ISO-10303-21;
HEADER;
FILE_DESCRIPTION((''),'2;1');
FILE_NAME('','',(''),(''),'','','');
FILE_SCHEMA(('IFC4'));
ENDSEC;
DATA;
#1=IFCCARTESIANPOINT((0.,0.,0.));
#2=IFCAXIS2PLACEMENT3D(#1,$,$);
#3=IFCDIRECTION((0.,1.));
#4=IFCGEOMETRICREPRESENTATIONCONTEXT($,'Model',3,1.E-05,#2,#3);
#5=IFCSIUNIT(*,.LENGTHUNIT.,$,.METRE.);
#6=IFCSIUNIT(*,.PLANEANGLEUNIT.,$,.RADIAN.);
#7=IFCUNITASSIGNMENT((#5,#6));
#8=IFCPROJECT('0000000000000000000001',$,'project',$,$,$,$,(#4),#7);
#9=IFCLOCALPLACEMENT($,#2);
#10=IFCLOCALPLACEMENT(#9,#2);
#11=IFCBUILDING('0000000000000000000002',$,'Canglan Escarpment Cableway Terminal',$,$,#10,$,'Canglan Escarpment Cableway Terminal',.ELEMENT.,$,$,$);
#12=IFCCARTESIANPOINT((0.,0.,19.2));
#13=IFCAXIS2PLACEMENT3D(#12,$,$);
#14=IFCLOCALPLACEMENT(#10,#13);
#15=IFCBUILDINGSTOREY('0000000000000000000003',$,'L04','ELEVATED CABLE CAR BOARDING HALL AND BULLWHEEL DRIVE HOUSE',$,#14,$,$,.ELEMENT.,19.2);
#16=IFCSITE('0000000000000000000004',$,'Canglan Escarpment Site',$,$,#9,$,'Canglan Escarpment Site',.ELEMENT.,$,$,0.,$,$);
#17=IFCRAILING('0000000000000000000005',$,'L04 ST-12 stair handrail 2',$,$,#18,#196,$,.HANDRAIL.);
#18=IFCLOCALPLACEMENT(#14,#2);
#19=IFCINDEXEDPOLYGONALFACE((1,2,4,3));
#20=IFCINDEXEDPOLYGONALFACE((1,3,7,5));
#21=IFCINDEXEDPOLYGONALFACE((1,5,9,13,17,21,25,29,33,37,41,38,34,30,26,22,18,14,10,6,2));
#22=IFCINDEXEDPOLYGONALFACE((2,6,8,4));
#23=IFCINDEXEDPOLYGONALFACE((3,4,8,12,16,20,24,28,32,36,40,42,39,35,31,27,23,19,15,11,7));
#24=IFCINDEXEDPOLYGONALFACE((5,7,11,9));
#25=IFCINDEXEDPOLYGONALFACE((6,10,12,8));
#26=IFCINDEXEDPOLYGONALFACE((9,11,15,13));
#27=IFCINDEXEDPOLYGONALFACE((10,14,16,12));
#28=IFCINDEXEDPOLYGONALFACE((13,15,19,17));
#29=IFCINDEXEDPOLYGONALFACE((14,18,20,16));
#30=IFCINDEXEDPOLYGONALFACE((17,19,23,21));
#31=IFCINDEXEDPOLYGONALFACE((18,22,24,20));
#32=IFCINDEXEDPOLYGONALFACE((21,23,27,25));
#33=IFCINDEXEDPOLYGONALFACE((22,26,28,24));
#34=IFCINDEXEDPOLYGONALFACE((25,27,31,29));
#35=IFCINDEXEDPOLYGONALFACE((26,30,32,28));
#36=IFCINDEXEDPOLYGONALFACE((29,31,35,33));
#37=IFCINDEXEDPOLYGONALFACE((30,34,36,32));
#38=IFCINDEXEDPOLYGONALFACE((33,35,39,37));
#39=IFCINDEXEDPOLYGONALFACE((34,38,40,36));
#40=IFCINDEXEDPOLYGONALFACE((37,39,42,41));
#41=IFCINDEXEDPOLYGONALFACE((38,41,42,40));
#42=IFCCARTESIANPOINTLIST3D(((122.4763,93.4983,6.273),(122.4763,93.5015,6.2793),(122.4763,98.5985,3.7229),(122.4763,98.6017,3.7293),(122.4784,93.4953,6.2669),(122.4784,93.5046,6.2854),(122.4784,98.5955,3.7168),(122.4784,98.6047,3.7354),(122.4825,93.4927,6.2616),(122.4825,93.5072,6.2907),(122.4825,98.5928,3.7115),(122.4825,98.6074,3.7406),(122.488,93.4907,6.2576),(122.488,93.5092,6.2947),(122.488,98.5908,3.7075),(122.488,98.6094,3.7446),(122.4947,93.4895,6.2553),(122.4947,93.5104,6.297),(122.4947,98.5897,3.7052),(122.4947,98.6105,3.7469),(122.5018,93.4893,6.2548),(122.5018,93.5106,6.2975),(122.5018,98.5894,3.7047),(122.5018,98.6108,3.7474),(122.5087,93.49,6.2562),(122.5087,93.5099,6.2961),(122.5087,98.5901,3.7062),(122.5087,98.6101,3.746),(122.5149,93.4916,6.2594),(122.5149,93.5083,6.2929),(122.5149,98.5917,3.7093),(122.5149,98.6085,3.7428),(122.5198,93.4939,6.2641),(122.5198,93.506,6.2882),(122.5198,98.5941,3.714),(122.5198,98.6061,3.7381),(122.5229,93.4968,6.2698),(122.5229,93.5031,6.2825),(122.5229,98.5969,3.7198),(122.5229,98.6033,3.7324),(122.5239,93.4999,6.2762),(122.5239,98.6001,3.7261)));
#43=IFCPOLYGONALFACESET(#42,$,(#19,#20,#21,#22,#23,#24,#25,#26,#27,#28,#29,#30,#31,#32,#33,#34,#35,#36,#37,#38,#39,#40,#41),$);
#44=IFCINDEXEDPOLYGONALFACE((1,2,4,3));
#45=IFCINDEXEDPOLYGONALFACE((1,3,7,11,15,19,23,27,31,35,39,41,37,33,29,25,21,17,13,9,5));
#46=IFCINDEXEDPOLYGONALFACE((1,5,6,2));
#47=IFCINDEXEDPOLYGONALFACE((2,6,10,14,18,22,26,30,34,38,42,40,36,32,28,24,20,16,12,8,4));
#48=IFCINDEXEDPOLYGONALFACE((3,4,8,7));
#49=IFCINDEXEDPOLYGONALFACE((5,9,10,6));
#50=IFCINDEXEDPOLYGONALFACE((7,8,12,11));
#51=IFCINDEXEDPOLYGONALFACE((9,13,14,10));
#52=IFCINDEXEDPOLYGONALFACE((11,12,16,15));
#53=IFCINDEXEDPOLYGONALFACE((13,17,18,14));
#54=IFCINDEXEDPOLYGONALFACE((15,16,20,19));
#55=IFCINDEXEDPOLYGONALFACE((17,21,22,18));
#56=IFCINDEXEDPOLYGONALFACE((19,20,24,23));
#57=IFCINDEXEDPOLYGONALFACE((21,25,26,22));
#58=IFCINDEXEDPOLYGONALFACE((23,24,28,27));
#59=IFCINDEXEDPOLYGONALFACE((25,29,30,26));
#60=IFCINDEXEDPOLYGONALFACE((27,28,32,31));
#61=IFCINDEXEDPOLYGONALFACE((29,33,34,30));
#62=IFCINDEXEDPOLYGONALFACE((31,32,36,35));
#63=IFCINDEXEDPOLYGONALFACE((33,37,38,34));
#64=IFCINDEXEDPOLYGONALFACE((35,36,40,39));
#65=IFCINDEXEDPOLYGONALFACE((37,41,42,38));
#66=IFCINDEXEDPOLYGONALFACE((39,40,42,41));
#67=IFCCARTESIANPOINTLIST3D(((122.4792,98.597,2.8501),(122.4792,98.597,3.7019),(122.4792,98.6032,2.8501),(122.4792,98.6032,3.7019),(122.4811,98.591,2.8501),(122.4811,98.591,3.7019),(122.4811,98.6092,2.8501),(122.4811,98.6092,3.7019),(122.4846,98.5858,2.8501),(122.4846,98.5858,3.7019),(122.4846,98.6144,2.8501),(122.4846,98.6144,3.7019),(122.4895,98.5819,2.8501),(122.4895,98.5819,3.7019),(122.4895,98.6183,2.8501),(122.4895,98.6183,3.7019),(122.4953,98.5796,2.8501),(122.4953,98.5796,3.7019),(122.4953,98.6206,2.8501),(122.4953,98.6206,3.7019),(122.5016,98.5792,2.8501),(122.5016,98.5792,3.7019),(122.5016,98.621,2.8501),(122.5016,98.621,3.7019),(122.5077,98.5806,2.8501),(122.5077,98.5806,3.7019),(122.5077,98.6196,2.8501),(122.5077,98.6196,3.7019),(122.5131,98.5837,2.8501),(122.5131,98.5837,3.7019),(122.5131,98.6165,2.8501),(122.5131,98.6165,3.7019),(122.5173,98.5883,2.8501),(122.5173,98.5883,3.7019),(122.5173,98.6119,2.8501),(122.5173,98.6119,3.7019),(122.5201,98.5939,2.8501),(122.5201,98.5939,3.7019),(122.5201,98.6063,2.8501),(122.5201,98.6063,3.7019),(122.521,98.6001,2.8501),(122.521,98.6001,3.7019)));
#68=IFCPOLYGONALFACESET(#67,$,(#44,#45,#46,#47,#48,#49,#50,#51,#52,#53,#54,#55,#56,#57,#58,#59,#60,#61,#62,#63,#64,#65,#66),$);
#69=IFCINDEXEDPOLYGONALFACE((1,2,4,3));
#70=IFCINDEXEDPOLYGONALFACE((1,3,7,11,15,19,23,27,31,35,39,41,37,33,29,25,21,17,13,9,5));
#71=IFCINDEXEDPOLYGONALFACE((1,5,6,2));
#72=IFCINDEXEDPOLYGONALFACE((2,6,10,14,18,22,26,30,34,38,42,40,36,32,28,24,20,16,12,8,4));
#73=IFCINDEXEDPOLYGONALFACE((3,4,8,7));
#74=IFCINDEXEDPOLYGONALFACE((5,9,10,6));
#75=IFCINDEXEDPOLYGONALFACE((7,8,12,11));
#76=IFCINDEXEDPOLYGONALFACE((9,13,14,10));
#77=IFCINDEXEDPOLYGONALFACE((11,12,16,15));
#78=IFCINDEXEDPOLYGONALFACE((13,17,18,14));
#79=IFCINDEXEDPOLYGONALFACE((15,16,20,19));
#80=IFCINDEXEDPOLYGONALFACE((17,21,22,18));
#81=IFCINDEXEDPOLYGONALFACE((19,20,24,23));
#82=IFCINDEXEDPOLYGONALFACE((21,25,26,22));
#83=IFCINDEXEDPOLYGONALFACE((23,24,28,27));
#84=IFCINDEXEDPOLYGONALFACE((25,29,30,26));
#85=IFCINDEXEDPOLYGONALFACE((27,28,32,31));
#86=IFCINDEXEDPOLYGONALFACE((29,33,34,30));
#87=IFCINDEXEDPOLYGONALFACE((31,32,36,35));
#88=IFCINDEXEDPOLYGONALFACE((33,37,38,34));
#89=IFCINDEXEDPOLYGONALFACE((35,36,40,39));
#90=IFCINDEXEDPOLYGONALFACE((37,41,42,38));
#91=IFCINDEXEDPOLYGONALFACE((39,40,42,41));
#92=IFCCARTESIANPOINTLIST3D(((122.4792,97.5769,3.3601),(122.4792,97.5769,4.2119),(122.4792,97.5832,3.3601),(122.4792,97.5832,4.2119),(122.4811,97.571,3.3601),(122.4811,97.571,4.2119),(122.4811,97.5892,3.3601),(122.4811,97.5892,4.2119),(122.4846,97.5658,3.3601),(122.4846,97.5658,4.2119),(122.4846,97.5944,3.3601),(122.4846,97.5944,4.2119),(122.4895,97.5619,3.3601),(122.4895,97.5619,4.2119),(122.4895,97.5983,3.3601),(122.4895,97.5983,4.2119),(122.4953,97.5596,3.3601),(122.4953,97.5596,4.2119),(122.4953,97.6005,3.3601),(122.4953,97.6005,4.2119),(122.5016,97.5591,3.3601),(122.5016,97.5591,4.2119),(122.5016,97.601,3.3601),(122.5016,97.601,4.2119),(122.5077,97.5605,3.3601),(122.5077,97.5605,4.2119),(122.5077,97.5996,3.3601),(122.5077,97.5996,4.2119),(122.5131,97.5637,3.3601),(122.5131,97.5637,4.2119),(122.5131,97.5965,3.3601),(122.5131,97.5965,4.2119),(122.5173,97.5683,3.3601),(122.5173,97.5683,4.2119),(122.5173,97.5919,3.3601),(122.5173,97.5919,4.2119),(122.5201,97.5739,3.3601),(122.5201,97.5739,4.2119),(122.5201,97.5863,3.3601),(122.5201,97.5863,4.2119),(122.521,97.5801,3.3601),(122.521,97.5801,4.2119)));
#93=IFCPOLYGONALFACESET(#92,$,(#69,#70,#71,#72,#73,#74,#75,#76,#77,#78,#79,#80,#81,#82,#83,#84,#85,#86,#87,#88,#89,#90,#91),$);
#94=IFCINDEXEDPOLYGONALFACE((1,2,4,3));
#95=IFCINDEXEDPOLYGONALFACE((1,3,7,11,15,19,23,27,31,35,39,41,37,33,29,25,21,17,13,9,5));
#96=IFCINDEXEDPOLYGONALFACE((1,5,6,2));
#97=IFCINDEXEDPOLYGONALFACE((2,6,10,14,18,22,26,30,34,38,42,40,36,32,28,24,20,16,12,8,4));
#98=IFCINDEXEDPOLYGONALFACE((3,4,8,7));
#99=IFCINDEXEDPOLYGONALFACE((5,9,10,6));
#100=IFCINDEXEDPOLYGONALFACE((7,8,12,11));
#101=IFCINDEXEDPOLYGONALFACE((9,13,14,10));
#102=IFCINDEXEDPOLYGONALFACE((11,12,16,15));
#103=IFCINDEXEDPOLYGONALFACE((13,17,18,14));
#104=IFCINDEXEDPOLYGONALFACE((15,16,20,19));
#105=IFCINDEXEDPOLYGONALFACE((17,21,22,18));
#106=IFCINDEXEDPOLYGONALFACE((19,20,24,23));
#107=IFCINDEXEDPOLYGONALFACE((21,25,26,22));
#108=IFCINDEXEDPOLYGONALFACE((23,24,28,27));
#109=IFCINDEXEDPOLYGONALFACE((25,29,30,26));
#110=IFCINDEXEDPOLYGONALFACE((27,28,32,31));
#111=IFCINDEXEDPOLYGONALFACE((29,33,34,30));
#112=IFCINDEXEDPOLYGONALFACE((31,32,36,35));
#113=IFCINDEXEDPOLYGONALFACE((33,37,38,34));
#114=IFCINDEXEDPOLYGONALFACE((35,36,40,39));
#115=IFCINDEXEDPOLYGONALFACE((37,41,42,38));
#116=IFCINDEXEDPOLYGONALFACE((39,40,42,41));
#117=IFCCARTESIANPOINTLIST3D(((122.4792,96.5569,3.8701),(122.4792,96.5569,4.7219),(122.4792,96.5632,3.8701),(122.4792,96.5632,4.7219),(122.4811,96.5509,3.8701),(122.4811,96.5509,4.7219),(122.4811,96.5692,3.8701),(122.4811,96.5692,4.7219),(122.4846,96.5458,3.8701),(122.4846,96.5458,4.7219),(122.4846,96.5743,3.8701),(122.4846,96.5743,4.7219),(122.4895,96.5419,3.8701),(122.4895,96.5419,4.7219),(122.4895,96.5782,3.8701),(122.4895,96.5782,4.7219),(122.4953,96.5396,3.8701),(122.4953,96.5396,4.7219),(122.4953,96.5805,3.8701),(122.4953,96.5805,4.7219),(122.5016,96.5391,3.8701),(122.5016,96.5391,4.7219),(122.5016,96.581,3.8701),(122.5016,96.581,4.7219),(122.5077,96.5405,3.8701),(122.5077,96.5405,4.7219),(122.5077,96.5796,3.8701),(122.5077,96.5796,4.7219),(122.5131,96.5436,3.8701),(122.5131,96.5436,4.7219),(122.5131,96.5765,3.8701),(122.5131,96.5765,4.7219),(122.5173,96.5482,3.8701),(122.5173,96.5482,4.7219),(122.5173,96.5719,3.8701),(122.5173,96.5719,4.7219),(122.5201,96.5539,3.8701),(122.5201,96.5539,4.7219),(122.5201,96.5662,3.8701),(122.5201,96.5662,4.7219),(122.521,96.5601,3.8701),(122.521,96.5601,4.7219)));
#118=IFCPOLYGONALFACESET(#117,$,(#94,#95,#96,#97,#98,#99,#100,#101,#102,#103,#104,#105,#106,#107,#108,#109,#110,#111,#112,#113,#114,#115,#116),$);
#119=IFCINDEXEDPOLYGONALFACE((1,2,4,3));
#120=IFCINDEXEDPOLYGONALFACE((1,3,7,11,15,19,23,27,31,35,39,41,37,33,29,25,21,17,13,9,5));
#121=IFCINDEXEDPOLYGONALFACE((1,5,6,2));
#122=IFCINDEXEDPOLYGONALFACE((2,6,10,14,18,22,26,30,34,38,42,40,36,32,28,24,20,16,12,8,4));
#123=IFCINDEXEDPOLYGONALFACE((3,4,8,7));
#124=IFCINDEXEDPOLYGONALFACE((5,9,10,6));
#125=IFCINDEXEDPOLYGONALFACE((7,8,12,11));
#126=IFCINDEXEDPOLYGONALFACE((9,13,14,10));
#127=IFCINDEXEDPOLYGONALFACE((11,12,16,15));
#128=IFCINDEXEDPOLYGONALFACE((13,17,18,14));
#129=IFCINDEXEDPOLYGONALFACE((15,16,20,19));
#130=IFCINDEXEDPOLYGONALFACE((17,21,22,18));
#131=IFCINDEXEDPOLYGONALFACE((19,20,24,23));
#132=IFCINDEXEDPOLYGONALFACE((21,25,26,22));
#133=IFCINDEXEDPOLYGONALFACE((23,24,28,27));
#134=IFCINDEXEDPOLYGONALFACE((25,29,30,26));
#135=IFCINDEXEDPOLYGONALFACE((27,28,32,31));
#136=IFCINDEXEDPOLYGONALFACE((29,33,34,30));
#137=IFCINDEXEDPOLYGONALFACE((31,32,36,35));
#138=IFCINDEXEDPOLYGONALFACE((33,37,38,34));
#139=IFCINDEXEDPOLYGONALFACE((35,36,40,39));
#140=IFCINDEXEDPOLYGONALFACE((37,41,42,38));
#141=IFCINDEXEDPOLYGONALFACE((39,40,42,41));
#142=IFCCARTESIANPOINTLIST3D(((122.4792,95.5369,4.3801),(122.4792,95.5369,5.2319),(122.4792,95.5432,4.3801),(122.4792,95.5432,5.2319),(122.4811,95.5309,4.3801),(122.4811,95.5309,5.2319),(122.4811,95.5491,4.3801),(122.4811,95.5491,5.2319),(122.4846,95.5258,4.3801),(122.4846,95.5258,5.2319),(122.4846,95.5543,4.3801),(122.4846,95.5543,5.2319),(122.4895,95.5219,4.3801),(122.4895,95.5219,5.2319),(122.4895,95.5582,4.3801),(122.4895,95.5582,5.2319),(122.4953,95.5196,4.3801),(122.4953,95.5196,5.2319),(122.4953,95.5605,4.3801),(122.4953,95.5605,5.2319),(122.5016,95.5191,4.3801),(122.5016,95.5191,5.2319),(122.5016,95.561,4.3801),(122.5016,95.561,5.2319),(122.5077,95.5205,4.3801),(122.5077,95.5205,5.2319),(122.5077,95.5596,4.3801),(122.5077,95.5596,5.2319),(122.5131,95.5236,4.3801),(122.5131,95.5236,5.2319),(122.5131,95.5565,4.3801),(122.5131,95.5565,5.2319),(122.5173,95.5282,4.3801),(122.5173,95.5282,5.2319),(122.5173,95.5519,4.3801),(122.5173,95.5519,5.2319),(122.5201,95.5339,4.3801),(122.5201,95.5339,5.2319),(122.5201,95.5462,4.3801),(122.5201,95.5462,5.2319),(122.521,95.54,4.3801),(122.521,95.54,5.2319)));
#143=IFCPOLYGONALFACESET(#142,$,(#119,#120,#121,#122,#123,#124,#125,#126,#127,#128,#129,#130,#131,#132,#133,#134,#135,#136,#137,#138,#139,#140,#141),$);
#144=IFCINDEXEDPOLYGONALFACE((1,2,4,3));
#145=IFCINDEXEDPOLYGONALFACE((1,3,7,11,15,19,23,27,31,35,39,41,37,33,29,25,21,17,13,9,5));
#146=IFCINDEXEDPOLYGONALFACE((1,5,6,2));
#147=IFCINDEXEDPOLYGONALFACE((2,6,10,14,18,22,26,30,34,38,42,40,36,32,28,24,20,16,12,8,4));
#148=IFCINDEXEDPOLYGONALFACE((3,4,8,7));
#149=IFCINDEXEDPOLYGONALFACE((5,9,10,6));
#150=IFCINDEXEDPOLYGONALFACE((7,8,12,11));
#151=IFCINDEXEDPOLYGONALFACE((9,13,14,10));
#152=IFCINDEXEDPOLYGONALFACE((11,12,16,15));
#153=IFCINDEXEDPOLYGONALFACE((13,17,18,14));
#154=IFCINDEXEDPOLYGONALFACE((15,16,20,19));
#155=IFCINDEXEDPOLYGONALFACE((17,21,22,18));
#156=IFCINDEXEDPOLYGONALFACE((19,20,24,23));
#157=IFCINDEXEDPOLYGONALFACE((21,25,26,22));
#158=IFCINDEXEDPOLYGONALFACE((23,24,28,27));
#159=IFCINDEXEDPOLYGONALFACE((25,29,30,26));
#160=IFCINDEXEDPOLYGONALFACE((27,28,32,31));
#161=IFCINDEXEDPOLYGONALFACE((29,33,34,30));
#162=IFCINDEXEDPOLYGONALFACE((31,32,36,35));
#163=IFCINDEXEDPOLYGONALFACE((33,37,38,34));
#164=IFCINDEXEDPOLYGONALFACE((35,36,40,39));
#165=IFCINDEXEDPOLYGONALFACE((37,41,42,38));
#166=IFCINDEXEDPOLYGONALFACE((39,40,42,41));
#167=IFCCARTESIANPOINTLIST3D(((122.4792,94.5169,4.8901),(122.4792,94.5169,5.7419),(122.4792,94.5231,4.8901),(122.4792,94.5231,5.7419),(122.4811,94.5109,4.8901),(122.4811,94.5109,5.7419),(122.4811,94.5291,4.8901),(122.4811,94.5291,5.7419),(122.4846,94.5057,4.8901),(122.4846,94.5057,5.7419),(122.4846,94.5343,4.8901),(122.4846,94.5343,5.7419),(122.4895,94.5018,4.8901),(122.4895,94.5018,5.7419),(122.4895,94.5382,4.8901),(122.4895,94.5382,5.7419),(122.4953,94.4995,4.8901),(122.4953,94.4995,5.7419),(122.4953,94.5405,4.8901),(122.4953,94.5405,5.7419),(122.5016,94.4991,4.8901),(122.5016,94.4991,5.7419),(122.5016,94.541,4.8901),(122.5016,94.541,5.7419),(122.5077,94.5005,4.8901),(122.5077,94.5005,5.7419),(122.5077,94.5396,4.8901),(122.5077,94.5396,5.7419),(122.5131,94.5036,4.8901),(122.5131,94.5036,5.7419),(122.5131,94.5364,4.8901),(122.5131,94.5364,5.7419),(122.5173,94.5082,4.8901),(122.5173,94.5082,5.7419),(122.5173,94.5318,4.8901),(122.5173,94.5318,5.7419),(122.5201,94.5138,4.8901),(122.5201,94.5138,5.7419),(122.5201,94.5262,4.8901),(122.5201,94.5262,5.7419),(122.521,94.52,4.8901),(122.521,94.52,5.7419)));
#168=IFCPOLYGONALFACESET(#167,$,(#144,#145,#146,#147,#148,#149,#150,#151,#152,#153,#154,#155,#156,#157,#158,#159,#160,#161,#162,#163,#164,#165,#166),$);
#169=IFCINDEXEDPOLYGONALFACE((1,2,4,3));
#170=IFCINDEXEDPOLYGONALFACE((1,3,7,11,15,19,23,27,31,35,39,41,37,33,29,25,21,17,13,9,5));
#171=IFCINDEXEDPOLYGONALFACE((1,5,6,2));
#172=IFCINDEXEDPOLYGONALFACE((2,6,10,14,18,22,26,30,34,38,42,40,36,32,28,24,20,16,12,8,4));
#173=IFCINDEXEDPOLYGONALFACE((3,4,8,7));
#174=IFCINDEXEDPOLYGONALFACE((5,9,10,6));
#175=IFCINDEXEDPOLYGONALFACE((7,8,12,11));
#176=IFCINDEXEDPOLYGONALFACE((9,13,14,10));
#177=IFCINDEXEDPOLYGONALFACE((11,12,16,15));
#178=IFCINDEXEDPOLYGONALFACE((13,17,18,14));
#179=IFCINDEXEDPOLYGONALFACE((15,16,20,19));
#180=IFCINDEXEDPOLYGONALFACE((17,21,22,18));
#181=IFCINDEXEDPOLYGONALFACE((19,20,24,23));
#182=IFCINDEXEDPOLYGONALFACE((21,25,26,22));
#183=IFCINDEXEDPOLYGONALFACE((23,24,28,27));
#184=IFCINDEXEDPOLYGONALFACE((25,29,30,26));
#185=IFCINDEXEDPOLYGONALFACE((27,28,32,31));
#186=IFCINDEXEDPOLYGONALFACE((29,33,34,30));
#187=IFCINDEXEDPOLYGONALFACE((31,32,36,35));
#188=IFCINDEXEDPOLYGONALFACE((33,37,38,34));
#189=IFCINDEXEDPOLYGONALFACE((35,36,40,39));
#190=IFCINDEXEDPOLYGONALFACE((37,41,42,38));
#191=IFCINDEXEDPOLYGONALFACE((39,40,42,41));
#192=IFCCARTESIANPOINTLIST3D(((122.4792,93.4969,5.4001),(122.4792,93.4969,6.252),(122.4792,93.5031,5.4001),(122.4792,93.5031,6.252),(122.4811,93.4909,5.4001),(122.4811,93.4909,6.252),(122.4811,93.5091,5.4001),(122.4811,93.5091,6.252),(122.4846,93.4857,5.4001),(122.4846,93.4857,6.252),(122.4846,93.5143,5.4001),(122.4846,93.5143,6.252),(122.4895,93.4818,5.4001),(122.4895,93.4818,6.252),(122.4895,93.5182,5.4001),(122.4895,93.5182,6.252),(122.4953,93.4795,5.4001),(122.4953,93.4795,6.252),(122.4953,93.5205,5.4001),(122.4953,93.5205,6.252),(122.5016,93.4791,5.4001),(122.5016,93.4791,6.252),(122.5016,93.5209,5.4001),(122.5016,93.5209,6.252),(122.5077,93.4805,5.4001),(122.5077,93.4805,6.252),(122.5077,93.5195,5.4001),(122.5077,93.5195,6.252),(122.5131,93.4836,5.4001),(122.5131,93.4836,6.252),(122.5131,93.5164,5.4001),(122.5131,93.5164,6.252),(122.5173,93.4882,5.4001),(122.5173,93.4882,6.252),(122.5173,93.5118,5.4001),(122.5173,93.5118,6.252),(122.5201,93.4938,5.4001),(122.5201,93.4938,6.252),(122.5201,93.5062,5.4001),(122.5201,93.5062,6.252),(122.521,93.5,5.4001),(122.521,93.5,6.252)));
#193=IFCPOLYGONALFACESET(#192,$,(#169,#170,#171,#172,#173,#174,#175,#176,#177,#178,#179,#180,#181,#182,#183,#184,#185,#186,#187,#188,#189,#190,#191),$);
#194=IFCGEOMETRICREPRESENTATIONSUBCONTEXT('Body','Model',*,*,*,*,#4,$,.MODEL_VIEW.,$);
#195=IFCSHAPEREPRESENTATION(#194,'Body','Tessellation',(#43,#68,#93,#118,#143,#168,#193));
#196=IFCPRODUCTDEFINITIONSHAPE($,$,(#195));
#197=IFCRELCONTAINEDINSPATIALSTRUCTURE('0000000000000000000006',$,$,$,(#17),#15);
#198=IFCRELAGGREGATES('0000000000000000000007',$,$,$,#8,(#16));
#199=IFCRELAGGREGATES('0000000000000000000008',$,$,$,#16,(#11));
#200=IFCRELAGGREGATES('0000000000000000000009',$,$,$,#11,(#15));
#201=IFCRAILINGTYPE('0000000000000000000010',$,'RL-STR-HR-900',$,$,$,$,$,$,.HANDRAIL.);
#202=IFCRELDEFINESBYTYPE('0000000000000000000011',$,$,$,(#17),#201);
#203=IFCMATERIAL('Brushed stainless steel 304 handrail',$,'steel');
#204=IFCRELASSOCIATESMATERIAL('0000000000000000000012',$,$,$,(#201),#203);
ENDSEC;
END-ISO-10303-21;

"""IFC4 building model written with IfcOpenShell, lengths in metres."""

from ifc_helpers import new_model, si_unit, direction, frame, origin, origin_2d, place, context, subcontext, project, spatial, circle, extrude, material, type_object, element, save


model = new_model("IFC4")

# Units and contexts
model_context = context("Model", 3, precision=1e-05, world=origin(), true_north=direction((0.0, 1.0)))
body_context = subcontext(model_context, "Body", "Model", "MODEL_VIEW")
ifc_project = project(units=[si_unit("LENGTHUNIT", "METRE"), si_unit("PLANEANGLEUNIT", "RADIAN")], contexts=[model_context])

# Site, building, storey
site_placement = place(None, origin())
site = spatial("IfcSite", under=ifc_project, at=site_placement, Name="Canglan Escarpment Site", LongName="Canglan Escarpment Site", CompositionType="ELEMENT", RefElevation=0.0)
building_placement = place(site_placement, origin())
building = spatial("IfcBuilding", under=site, at=building_placement, Name="Canglan Escarpment Cableway Terminal", LongName="Canglan Escarpment Cableway Terminal", CompositionType="ELEMENT")
storey_placement = place(building_placement, frame((0.0, 0.0, 19.2)))
storey = spatial("IfcBuildingStorey", under=building, at=storey_placement, Name="L04", Description="ELEVATED CABLE CAR BOARDING HALL AND BULLWHEEL DRIVE HOUSE", CompositionType="ELEMENT", Elevation=19.2)

# Railing
ifc_material_1 = material(Name="Brushed stainless steel 304 handrail", Category="steel")
railing_type_1 = type_object("IfcRailingType", Name="RL-STR-HR-900", PredefinedType="HANDRAIL", material=ifc_material_1)
railing_1_placement = place(storey_placement, frame((122.5, 98.6001, 2.8501)))
element("IfcRailing", 1, at=railing_1_placement, inside=storey, type_object=railing_type_1, Name="L04 ST-12 stair handrail 2", PredefinedType="HANDRAIL", context=body_context, shape_type="SweptSolid", body=[
    extrude(circle(Radius=0.0239, at=origin_2d()), frame((0.0, 0.0, 0.876), z_axis=(0.0, -0.894427, 0.447214), x_axis=(1.0, 0.0, 0.0)), (0.0, 0.0, 1.0), 5.7021),
    extrude(circle(Radius=0.021, at=origin_2d()), origin(), (0.0, 0.0, 1.0), 0.8518),
    extrude(circle(Radius=0.021, at=origin_2d()), frame((0.0, -1.02, 0.51)), (0.0, 0.0, 1.0), 0.8518),
    extrude(circle(Radius=0.021, at=origin_2d()), frame((0.0, -2.04, 1.02)), (0.0, 0.0, 1.0), 0.8518),
    extrude(circle(Radius=0.021, at=origin_2d()), frame((0.0, -3.0601, 1.53)), (0.0, 0.0, 1.0), 0.8518),
    extrude(circle(Radius=0.021, at=origin_2d()), frame((0.0, -4.0801, 2.04)), (0.0, 0.0, 1.0), 0.8518),
    extrude(circle(Radius=0.021, at=origin_2d()), frame((0.0, -5.1001, 2.55)), (0.0, 0.0, 1.0), 0.8518),
])

save(model, "model.ifc")
